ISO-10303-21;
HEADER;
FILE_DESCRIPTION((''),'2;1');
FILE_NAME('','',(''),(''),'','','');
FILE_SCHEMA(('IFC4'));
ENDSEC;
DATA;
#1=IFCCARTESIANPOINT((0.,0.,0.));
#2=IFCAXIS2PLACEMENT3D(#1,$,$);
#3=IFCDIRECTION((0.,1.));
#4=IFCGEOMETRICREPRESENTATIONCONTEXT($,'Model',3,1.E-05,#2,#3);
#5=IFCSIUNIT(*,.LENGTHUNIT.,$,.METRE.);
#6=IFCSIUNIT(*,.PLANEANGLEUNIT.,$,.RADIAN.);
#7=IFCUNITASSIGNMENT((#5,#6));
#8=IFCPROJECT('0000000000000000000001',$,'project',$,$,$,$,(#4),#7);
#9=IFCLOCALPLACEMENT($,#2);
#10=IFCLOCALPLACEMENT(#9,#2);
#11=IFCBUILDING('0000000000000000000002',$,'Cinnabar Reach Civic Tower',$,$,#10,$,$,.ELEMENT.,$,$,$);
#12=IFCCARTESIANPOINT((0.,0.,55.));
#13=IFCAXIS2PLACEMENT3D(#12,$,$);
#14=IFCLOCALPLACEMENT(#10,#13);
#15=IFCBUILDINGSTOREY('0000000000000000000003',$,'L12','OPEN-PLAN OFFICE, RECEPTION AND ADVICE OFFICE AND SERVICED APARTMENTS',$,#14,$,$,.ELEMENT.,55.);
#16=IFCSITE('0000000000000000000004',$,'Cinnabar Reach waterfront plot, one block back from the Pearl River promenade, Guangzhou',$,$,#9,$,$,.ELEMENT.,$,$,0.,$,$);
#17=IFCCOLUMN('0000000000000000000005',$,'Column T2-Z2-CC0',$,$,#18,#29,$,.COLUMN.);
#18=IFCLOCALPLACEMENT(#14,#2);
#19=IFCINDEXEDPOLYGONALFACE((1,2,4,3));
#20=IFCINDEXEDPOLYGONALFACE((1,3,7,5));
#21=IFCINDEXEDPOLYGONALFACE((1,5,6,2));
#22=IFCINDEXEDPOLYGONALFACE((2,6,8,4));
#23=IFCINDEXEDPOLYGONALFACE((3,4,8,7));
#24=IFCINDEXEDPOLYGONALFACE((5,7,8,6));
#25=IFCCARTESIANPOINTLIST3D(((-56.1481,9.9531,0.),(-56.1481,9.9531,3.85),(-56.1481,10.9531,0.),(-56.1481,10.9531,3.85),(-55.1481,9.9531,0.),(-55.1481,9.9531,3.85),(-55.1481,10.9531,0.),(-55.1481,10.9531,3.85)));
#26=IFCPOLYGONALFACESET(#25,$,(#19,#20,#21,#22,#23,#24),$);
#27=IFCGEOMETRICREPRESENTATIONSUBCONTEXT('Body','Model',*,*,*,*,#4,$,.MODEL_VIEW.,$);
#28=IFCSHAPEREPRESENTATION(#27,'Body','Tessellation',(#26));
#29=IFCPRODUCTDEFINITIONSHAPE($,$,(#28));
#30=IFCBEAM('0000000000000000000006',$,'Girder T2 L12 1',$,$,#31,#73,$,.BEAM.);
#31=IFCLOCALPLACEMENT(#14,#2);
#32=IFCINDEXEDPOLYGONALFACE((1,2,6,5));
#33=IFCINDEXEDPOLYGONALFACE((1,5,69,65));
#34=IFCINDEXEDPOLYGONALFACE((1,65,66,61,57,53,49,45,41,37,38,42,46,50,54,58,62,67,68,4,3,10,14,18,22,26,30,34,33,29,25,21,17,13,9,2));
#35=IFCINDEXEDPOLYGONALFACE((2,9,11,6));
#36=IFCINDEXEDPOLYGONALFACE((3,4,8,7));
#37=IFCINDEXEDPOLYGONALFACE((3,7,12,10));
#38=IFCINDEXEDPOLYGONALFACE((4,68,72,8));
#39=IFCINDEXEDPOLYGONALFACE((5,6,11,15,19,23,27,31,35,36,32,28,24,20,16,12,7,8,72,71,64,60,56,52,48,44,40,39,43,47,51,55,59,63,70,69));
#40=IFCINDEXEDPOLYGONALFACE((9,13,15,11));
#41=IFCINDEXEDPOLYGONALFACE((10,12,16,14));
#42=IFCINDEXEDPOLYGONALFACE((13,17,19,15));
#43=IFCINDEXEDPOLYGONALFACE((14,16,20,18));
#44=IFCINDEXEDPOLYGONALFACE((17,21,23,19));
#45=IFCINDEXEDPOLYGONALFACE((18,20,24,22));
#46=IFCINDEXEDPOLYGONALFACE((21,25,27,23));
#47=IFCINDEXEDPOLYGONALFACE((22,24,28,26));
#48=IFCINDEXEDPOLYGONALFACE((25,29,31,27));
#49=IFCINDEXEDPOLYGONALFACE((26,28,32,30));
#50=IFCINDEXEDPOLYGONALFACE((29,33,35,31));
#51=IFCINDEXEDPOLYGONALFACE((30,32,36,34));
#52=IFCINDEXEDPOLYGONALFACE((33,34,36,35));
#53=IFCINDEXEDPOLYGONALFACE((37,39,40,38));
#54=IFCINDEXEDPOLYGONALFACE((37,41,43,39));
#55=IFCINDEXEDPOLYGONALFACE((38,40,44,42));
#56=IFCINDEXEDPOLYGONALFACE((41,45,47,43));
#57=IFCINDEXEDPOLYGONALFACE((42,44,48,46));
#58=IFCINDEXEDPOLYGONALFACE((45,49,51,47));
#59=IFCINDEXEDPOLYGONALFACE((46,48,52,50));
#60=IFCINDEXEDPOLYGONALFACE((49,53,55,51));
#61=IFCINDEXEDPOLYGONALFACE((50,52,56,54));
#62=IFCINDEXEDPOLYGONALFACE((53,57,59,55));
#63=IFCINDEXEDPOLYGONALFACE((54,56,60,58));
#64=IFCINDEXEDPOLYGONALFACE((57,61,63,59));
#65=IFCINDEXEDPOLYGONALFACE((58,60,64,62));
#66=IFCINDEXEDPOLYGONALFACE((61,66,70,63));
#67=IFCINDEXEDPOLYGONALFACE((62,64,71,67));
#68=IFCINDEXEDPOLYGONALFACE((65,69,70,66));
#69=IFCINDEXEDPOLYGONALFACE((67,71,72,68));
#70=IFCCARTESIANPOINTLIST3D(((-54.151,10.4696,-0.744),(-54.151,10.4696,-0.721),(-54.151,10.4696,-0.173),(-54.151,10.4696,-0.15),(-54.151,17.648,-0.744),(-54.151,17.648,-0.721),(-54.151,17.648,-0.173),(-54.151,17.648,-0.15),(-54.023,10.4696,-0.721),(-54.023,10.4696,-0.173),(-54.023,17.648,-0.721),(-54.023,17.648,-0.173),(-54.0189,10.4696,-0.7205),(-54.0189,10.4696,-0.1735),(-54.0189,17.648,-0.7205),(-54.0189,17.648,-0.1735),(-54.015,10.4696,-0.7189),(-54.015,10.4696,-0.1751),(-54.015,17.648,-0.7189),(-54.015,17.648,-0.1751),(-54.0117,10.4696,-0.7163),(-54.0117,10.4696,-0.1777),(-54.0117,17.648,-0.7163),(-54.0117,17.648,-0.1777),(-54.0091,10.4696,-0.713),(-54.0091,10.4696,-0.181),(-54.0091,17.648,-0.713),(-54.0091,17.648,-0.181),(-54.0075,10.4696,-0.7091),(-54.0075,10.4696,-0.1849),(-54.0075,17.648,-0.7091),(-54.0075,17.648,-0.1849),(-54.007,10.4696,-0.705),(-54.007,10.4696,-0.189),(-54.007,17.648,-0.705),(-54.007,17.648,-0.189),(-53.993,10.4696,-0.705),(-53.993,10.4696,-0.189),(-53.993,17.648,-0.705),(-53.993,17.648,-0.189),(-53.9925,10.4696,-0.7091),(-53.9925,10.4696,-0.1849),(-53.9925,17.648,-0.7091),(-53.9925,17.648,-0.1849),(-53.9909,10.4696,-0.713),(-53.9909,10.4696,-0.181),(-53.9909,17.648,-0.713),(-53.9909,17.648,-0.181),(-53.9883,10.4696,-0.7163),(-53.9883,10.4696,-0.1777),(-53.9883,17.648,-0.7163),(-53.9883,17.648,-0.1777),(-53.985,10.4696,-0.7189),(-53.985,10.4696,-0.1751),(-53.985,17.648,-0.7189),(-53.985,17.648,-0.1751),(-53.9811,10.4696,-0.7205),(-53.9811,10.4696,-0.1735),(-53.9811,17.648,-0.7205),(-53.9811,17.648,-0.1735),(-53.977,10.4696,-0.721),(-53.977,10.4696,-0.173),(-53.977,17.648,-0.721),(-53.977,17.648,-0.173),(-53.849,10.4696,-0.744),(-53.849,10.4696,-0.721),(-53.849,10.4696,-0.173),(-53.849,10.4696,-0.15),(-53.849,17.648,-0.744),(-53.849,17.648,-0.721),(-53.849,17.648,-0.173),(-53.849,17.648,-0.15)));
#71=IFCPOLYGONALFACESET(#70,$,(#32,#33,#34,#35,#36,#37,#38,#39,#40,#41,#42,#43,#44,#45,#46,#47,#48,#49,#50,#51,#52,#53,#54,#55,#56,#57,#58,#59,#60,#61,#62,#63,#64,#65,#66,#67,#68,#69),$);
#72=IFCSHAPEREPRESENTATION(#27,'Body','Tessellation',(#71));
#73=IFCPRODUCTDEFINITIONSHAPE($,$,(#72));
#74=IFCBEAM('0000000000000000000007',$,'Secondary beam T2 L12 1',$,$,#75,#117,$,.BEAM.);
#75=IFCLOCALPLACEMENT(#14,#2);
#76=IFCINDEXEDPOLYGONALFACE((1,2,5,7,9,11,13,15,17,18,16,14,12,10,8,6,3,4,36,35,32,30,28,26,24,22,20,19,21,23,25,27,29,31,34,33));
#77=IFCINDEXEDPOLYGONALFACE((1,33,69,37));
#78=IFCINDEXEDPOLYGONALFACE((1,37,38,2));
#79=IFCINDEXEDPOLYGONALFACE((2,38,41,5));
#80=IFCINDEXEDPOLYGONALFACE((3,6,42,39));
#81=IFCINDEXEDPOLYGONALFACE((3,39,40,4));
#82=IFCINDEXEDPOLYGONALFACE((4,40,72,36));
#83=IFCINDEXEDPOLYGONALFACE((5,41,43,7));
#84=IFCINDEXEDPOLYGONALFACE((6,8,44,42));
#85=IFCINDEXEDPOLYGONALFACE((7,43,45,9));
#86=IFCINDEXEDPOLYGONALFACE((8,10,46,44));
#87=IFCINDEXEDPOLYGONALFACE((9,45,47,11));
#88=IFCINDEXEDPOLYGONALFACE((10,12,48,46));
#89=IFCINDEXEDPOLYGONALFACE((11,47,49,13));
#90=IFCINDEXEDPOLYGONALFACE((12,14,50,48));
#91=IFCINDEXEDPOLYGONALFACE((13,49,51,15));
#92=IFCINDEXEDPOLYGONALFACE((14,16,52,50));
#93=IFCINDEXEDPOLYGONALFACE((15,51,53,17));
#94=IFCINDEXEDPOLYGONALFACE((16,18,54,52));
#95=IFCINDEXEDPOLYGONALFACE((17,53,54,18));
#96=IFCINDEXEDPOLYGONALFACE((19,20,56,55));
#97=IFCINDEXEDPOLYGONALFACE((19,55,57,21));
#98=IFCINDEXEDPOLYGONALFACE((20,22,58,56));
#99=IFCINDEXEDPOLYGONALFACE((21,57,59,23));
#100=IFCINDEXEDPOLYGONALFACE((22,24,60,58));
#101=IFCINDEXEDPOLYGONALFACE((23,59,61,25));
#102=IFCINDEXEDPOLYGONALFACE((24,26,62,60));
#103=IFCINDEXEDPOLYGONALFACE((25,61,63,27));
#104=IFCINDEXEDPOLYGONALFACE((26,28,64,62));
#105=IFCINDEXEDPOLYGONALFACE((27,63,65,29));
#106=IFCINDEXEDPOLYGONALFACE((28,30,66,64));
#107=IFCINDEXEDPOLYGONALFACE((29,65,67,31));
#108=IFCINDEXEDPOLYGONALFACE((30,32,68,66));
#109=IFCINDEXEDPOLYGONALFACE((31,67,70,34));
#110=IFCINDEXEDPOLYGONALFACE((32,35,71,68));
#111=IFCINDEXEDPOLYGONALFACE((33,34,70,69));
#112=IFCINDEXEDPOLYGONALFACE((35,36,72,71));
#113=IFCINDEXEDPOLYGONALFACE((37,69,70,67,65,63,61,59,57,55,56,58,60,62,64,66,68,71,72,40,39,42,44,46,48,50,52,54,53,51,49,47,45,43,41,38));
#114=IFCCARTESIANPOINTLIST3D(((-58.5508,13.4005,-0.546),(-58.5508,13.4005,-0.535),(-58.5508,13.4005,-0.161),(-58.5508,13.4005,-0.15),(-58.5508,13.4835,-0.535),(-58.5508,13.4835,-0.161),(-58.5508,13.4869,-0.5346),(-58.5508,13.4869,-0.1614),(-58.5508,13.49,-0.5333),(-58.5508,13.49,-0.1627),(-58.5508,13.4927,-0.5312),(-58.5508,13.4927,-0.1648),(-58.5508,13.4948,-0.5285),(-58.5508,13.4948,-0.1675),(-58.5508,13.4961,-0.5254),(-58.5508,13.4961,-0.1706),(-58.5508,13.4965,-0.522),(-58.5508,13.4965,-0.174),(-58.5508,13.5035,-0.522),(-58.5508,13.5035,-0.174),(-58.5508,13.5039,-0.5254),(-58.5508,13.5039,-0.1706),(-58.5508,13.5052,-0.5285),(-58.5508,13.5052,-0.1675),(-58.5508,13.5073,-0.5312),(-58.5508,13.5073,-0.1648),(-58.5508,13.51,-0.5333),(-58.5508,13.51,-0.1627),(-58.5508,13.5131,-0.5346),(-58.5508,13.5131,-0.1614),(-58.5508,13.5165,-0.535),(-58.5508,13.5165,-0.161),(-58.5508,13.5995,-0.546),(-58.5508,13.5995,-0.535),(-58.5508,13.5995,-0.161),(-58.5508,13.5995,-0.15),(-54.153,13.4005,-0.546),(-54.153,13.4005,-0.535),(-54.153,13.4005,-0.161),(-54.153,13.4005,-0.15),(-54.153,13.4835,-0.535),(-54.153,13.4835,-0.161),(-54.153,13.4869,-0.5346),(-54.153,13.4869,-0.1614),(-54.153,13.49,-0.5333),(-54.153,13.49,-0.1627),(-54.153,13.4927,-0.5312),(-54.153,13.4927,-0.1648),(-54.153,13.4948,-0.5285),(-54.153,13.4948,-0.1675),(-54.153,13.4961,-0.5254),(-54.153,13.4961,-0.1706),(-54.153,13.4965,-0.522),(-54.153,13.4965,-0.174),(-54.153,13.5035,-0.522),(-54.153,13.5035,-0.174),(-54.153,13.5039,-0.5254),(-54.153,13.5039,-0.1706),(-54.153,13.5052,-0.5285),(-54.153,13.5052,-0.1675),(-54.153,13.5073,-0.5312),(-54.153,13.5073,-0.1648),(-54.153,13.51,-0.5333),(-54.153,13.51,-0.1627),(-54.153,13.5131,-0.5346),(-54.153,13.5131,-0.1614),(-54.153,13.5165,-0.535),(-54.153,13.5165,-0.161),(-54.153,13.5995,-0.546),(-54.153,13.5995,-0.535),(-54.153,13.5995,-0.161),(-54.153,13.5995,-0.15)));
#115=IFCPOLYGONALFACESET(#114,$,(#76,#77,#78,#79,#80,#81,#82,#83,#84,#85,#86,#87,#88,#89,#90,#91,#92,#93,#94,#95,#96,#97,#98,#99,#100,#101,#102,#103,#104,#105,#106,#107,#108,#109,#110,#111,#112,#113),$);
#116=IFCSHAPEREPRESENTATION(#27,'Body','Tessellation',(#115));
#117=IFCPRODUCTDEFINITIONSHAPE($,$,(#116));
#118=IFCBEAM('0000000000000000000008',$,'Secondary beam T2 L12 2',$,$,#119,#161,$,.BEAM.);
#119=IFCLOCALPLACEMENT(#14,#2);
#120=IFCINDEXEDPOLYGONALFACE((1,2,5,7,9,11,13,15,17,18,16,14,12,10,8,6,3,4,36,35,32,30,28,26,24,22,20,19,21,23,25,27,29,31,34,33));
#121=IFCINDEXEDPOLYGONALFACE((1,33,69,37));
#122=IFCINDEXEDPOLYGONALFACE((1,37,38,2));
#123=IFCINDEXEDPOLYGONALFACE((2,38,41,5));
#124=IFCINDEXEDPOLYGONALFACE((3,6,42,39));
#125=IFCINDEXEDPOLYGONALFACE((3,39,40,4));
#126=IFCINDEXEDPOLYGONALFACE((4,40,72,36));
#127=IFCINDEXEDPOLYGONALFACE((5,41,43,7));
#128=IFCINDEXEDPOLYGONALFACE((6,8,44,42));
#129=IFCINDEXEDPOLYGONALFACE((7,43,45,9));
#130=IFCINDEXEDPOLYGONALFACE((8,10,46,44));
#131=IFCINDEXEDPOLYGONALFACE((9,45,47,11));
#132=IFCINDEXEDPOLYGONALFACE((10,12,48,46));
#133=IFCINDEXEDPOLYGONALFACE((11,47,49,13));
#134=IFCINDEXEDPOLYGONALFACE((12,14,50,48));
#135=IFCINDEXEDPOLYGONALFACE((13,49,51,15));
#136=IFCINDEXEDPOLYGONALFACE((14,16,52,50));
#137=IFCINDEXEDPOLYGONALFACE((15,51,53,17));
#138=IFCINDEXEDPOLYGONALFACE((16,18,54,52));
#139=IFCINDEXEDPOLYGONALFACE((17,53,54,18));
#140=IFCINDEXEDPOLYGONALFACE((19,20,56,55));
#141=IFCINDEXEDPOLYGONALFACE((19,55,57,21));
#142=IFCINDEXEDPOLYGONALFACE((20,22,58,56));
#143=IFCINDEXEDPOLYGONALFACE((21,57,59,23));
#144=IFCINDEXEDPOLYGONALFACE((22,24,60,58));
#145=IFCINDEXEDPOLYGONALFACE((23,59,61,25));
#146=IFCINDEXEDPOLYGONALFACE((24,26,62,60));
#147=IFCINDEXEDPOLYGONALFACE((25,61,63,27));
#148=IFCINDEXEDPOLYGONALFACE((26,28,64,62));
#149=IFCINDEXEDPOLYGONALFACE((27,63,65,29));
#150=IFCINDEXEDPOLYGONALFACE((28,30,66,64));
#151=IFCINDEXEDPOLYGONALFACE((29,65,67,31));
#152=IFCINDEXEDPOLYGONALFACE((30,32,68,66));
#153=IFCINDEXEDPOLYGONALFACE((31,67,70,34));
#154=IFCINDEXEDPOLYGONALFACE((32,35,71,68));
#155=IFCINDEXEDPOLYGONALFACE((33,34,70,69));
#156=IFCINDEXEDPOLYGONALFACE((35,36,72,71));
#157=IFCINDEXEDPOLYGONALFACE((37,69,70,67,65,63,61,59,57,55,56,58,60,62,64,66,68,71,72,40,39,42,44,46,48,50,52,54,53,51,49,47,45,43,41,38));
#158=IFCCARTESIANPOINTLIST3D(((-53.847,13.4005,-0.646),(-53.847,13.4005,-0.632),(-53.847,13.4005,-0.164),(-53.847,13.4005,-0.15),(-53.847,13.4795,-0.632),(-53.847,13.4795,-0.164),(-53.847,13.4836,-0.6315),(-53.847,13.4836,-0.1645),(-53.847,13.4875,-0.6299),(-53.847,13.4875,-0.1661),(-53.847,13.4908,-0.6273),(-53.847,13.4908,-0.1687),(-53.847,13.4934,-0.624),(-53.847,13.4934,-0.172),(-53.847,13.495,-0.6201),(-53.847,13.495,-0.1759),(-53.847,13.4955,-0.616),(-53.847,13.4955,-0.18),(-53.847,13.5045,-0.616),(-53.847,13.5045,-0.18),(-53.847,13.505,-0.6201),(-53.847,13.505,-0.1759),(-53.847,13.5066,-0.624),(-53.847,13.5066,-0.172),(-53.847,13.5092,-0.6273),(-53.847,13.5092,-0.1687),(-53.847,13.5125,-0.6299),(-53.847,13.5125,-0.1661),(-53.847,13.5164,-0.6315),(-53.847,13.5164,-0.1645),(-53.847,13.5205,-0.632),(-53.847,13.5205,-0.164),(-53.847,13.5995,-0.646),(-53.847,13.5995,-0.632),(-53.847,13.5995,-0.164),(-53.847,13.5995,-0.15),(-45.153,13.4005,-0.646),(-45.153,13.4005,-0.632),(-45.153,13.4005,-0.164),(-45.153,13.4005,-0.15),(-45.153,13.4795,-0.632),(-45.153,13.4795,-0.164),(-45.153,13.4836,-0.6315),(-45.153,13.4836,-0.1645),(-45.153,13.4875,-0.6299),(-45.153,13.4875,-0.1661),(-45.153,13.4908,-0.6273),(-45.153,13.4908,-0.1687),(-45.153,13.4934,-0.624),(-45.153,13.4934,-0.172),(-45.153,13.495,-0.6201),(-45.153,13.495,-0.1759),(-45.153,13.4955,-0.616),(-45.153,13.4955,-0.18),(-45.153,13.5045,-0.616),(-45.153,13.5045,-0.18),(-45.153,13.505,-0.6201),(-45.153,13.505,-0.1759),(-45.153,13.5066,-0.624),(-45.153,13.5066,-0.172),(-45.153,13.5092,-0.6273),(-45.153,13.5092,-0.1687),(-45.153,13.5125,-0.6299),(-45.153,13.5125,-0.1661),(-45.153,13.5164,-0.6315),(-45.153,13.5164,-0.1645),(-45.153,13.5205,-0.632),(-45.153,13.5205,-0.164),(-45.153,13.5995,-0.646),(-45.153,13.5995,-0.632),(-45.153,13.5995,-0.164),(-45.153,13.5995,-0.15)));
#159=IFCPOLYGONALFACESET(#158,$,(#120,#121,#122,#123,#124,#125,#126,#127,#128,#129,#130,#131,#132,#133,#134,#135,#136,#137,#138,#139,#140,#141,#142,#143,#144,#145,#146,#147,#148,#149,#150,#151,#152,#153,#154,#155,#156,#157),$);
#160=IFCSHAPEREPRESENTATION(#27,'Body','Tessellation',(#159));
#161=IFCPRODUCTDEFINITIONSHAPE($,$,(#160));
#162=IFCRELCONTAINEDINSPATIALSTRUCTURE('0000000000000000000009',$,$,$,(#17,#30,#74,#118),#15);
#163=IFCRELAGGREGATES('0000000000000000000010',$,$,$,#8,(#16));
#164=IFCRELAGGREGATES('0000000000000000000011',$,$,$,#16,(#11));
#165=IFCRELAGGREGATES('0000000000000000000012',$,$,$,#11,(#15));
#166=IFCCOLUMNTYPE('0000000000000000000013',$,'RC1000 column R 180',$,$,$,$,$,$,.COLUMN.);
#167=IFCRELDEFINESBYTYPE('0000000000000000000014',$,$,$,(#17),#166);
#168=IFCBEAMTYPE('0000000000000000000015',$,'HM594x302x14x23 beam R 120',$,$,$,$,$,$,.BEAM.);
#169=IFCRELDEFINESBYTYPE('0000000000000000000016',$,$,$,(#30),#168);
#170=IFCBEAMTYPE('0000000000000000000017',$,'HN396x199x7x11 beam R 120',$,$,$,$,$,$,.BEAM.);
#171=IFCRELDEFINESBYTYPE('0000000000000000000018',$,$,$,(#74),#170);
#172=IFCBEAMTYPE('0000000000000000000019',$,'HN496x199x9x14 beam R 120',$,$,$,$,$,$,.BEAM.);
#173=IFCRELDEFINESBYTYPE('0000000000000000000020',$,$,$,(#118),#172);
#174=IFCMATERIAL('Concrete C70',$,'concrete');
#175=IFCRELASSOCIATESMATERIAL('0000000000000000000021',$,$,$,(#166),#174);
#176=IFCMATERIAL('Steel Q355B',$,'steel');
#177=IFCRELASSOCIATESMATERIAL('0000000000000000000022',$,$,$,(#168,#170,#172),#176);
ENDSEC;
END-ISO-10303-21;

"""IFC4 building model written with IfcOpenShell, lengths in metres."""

from ifc_helpers import new_model, si_unit, direction, frame, origin, origin_2d, place, context, subcontext, project, spatial, rectangle, i_section, extrude, material, material_profile, profile_set, type_object, element, save


model = new_model("IFC4")

# Units and contexts
model_context = context("Model", 3, precision=1e-05, world=origin(), true_north=direction((0.0, 1.0)))
body_context = subcontext(model_context, "Body", "Model", "MODEL_VIEW")
ifc_project = project(units=[si_unit("LENGTHUNIT", "METRE"), si_unit("PLANEANGLEUNIT", "RADIAN")], contexts=[model_context])

# Site, building, storey
site_placement = place(None, origin())
site = spatial("IfcSite", under=ifc_project, at=site_placement, Name="Cinnabar Reach waterfront plot, one block back from the Pearl River promenade, Guangzhou", CompositionType="ELEMENT", RefElevation=0.0)
building_placement = place(site_placement, origin())
building = spatial("IfcBuilding", under=site, at=building_placement, Name="Cinnabar Reach Civic Tower", CompositionType="ELEMENT")
storey_placement = place(building_placement, frame((0.0, 0.0, 55.0)))
storey = spatial("IfcBuildingStorey", under=building, at=storey_placement, Name="L12", Description="OPEN-PLAN OFFICE, RECEPTION AND ADVICE OFFICE AND SERVICED APARTMENTS", CompositionType="ELEMENT", Elevation=55.0)

# Column
ifc_material_1 = material(Name="Concrete C70", Category="concrete")
ifc_material_profile_1 = material_profile(ifc_material_1, rectangle(XDim=1.0, YDim=1.0, at=origin_2d()), Name="RC1000")
ifc_profile_set_1 = profile_set([ifc_material_profile_1], Name="Concrete C70")
column_type = type_object("IfcColumnType", Name="RC1000 column R 180", PredefinedType="COLUMN", material=ifc_profile_set_1)
column_placement = place(storey_placement, frame((-55.6481, 10.4531, 0.0), z_axis=(0.0, 0.0, 1.0), x_axis=(1.0, 0.0, 0.0)))
element("IfcColumn", 1, at=column_placement, inside=storey, type_object=column_type, Name="Column T2-Z2-CC0", PredefinedType="COLUMN", context=body_context, shape_type="SweptSolid", body=[
    extrude(rectangle(XDim=1.0, YDim=1.0, at=origin_2d()), origin(), (0.0, 0.0, 1.0), 3.85),
])

# Beams
ifc_material_2 = material(Name="Steel Q355B", Category="steel")
ifc_material_profile_2 = material_profile(ifc_material_2, i_section(OverallWidth=0.302, OverallDepth=0.594, WebThickness=0.014, FlangeThickness=0.023, FilletRadius=0.016, at=origin_2d()), Name="HM594x302x14x23")
ifc_profile_set_2 = profile_set([ifc_material_profile_2], Name="Steel Q355B")
beam_type_1 = type_object("IfcBeamType", Name="HM594x302x14x23 beam R 120", PredefinedType="BEAM", material=ifc_profile_set_2)
beam_1_placement = place(storey_placement, frame((-54.0, 10.4696, -0.447), z_axis=(0.0, 1.0, 0.0), x_axis=(-1.0, 0.0, 0.0)))
element("IfcBeam", 2, at=beam_1_placement, inside=storey, type_object=beam_type_1, Name="Girder T2 L12 1", PredefinedType="BEAM", context=body_context, shape_type="SweptSolid", body=[
    extrude(i_section(OverallWidth=0.302, OverallDepth=0.594, WebThickness=0.014, FlangeThickness=0.023, FilletRadius=0.016, at=origin_2d()), origin(), (0.0, 0.0, 1.0), 7.1784),
])
ifc_material_profile_3 = material_profile(ifc_material_2, i_section(OverallWidth=0.199, OverallDepth=0.396, WebThickness=0.007, FlangeThickness=0.011, FilletRadius=0.013, at=origin_2d()), Name="HN396x199x7x11")
ifc_profile_set_3 = profile_set([ifc_material_profile_3], Name="Steel Q355B")
beam_type_2 = type_object("IfcBeamType", Name="HN396x199x7x11 beam R 120", PredefinedType="BEAM", material=ifc_profile_set_3)
beam_2_placement = place(storey_placement, frame((-58.5508, 13.5, -0.348), z_axis=(1.0, 0.0, 0.0), x_axis=(0.0, 1.0, 0.0)))
element("IfcBeam", 3, at=beam_2_placement, inside=storey, type_object=beam_type_2, Name="Secondary beam T2 L12 1", PredefinedType="BEAM", context=body_context, shape_type="SweptSolid", body=[
    extrude(i_section(OverallWidth=0.199, OverallDepth=0.396, WebThickness=0.007, FlangeThickness=0.011, FilletRadius=0.013, at=origin_2d()), origin(), (0.0, 0.0, 1.0), 4.3978),
])
ifc_material_profile_4 = material_profile(ifc_material_2, i_section(OverallWidth=0.199, OverallDepth=0.496, WebThickness=0.009, FlangeThickness=0.014, FilletRadius=0.016, at=origin_2d()), Name="HN496x199x9x14")
ifc_profile_set_4 = profile_set([ifc_material_profile_4], Name="Steel Q355B")
beam_type_3 = type_object("IfcBeamType", Name="HN496x199x9x14 beam R 120", PredefinedType="BEAM", material=ifc_profile_set_4)
beam_3_placement = place(storey_placement, frame((-53.847, 13.5, -0.398), z_axis=(1.0, 0.0, 0.0), x_axis=(0.0, 1.0, 0.0)))
element("IfcBeam", 4, at=beam_3_placement, inside=storey, type_object=beam_type_3, Name="Secondary beam T2 L12 2", PredefinedType="BEAM", context=body_context, shape_type="SweptSolid", body=[
    extrude(i_section(OverallWidth=0.199, OverallDepth=0.496, WebThickness=0.009, FlangeThickness=0.014, FilletRadius=0.016, at=origin_2d()), origin(), (0.0, 0.0, 1.0), 8.694),
])

save(model, "model.ifc")
